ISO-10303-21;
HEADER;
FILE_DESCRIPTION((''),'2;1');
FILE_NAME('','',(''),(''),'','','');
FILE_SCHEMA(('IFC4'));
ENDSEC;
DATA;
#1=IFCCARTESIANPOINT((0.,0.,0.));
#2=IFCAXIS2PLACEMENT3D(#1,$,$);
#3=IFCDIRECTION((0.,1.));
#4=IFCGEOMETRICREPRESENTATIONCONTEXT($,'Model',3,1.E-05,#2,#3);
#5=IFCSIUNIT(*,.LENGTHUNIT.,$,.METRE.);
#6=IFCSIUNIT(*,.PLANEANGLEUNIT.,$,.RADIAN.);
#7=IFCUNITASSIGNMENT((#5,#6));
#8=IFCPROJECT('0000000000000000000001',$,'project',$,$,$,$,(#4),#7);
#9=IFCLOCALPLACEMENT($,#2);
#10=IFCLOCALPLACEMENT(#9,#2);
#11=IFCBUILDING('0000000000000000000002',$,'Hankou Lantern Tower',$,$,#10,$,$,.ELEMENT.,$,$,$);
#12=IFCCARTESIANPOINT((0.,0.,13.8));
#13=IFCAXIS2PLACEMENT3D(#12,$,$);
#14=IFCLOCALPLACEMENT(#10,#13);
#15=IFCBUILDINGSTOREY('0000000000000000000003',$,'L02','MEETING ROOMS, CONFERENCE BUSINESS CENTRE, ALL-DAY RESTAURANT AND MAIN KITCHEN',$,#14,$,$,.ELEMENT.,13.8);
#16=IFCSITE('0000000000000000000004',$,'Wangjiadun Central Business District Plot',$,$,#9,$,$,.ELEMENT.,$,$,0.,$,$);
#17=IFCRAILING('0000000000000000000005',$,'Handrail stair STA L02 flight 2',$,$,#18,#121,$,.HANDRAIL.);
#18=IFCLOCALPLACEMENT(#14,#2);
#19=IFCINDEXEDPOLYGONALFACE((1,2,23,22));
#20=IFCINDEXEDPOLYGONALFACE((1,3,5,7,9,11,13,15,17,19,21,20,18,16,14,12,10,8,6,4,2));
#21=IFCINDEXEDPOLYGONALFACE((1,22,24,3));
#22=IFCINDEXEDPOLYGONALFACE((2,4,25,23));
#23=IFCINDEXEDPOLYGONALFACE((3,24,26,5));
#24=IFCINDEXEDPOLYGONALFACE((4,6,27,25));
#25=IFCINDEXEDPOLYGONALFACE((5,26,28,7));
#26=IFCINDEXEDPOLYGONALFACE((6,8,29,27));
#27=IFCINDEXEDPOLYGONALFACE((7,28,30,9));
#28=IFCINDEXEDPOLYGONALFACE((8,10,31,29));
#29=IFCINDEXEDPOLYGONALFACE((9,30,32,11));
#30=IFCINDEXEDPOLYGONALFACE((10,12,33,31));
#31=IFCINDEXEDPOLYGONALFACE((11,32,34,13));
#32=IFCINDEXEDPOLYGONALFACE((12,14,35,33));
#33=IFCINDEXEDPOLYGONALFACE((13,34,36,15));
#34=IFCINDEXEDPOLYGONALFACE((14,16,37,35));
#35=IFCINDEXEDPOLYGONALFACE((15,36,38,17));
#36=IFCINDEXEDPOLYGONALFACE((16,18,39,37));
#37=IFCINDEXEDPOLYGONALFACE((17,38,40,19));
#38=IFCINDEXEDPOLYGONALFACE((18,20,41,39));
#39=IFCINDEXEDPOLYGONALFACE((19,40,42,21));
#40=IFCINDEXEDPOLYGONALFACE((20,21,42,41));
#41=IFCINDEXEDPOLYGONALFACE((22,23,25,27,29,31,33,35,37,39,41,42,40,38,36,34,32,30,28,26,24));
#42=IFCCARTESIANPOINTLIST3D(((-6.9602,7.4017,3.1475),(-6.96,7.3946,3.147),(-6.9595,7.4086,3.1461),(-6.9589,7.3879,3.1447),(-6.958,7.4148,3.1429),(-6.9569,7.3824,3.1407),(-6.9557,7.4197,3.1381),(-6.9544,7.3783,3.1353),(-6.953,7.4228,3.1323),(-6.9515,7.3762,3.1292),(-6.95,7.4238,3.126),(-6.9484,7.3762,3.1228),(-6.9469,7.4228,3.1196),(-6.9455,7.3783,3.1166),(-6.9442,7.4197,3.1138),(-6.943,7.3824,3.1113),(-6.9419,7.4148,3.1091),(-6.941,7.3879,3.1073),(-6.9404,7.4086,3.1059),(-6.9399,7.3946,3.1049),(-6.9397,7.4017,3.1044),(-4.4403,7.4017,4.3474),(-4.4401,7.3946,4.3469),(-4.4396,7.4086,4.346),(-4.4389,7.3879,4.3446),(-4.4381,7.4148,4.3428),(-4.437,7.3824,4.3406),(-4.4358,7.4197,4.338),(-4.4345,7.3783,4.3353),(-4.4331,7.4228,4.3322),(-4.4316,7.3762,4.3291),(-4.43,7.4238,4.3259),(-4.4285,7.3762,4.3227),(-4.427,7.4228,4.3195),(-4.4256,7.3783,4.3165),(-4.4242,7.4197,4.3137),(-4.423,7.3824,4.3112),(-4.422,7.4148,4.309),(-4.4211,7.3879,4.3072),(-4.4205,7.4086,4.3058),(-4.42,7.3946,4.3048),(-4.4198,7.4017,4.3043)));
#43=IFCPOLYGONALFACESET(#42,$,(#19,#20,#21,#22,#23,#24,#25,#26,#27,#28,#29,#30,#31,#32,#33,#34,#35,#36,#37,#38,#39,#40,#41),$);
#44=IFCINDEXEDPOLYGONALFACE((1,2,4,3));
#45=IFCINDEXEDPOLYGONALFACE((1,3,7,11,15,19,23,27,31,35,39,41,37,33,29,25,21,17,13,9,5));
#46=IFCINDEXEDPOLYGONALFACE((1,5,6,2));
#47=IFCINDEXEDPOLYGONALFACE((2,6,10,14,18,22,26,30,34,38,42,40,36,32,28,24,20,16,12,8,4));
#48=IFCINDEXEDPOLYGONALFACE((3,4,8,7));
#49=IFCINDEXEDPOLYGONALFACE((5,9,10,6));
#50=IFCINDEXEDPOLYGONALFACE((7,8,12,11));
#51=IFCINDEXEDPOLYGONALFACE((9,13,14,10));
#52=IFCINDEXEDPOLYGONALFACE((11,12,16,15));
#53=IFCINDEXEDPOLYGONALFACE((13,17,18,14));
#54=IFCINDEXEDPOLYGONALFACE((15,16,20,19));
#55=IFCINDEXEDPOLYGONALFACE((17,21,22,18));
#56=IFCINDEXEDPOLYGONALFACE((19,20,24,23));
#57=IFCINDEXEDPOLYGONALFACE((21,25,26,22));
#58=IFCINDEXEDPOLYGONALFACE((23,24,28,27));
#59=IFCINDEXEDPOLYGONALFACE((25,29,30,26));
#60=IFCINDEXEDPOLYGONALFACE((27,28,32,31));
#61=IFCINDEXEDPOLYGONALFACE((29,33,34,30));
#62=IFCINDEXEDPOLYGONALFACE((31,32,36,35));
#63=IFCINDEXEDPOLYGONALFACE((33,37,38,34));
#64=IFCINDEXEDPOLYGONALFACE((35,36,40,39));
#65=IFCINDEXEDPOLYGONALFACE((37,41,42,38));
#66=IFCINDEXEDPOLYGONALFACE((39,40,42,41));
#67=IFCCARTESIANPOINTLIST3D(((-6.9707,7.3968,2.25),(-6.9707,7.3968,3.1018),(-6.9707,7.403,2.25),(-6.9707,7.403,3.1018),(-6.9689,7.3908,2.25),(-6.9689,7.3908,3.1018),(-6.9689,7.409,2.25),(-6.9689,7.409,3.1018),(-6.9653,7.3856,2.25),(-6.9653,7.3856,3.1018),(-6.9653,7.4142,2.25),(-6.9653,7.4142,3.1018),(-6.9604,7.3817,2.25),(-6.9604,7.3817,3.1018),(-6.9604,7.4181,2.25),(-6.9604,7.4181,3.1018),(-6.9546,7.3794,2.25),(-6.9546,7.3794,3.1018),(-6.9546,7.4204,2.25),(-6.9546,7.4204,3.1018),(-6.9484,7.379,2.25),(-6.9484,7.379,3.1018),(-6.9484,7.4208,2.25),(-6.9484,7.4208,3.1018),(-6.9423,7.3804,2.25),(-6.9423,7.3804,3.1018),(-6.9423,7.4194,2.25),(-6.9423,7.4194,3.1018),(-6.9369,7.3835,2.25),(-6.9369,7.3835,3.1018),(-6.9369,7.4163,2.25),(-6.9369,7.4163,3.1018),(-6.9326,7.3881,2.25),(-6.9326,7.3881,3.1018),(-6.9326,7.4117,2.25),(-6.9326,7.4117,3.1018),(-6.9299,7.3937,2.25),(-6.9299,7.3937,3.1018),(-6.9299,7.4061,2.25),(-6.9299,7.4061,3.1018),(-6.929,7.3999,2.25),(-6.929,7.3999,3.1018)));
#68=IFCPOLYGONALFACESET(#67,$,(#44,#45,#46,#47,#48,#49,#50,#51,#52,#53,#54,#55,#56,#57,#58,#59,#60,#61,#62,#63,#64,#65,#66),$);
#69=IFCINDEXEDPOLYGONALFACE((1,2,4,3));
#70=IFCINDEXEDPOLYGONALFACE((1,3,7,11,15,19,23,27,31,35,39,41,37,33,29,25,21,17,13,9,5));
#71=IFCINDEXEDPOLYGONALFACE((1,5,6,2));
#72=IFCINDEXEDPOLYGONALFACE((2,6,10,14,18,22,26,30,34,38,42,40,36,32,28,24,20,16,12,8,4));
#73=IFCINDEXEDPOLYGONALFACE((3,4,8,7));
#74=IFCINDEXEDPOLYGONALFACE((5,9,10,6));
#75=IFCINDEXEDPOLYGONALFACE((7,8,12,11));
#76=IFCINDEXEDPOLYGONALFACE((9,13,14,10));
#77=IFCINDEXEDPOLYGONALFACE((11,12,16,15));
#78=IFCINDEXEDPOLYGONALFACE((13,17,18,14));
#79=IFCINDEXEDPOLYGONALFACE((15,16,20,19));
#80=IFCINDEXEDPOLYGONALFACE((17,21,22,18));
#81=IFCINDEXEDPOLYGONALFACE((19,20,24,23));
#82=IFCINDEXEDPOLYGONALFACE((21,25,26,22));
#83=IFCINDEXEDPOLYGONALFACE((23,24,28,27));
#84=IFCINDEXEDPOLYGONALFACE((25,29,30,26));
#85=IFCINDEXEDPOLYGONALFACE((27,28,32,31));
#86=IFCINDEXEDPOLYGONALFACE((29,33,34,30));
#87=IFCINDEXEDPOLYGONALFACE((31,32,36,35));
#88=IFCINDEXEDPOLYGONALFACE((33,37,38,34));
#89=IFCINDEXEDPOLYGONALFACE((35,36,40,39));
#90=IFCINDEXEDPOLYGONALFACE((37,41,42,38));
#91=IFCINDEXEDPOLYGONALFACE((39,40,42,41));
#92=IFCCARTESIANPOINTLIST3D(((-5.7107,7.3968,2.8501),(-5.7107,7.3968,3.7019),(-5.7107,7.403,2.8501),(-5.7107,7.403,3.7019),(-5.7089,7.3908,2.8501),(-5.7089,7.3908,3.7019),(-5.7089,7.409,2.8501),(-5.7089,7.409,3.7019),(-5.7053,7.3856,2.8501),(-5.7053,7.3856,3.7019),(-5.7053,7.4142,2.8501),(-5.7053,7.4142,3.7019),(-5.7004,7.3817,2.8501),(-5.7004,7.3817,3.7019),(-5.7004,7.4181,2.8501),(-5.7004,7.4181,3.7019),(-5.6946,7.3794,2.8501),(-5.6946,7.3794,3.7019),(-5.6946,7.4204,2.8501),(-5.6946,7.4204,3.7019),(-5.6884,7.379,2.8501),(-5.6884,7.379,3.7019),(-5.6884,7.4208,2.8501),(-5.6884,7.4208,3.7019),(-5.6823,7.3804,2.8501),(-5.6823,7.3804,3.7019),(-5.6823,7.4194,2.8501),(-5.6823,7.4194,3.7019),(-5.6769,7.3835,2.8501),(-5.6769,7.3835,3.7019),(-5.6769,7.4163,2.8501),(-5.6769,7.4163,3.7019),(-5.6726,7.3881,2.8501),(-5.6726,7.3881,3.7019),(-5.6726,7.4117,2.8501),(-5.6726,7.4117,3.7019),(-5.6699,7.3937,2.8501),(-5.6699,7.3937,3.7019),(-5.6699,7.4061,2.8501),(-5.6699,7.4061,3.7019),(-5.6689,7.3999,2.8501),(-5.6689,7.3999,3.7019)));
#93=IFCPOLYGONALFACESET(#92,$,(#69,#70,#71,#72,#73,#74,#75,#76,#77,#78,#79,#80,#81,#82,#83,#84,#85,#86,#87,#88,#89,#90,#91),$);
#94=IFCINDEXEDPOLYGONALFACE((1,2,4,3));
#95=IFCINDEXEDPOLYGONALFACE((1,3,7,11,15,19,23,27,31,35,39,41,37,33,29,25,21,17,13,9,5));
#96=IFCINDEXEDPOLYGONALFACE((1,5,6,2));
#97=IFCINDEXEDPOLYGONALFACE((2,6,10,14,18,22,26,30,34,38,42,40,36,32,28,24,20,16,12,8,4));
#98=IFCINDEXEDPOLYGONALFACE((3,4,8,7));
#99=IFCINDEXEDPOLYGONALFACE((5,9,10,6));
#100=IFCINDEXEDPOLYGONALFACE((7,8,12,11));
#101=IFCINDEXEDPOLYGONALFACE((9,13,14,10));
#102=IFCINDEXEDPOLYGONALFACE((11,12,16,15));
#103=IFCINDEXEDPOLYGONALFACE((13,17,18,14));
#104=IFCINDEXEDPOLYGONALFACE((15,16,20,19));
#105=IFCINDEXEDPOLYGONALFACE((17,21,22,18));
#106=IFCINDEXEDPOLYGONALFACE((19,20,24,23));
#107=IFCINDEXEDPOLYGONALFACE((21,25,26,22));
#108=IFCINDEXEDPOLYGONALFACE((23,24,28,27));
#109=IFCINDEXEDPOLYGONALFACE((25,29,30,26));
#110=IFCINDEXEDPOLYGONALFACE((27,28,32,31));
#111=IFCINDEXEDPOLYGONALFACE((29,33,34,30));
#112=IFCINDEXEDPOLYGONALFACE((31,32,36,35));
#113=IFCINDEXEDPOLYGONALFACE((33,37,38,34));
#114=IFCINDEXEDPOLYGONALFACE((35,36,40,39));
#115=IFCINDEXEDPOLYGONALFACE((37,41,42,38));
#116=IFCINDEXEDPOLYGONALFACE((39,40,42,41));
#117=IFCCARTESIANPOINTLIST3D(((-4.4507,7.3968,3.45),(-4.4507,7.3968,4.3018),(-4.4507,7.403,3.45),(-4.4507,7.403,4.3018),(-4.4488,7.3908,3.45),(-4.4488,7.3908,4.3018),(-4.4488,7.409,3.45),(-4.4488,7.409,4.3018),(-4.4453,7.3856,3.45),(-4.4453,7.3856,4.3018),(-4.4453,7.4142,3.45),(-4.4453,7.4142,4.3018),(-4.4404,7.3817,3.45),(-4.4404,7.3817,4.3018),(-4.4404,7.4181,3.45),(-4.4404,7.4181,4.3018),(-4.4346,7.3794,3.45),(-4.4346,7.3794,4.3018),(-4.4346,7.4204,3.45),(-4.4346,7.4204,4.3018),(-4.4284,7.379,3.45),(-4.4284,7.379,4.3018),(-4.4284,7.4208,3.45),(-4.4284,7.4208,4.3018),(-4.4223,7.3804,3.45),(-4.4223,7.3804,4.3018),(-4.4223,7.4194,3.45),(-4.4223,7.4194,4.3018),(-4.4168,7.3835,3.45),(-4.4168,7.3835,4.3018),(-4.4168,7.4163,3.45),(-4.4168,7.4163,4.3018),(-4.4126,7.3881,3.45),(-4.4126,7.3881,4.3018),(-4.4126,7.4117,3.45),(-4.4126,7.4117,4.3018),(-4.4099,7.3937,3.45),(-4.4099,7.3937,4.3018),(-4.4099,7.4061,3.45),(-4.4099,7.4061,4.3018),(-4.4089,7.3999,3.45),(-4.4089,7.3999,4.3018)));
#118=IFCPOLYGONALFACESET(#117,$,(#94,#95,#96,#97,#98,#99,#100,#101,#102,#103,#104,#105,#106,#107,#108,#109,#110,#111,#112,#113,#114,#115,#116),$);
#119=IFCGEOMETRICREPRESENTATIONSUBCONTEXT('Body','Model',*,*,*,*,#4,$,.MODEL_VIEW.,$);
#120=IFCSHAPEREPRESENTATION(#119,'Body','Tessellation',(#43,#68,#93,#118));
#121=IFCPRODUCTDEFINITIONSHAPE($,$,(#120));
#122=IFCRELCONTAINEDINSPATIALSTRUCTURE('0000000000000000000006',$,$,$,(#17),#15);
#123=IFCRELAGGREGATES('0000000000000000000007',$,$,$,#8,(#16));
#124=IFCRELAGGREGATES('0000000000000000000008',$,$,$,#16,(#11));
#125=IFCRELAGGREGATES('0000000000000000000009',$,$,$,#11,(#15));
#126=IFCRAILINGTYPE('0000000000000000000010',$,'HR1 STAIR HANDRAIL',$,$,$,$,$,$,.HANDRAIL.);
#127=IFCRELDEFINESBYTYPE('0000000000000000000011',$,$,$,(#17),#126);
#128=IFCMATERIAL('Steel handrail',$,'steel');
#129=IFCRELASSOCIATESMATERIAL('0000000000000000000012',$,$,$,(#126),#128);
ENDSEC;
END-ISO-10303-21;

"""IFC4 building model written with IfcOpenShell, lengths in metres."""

from ifc_helpers import new_model, si_unit, direction, frame, origin, origin_2d, place, context, subcontext, project, spatial, circle, extrude, material, type_object, element, save


model = new_model("IFC4")

# Units and contexts
model_context = context("Model", 3, precision=1e-05, world=origin(), true_north=direction((0.0, 1.0)))
body_context = subcontext(model_context, "Body", "Model", "MODEL_VIEW")
ifc_project = project(units=[si_unit("LENGTHUNIT", "METRE"), si_unit("PLANEANGLEUNIT", "RADIAN")], contexts=[model_context])

# Site, building, storey
site_placement = place(None, origin())
site = spatial("IfcSite", under=ifc_project, at=site_placement, Name="Wangjiadun Central Business District Plot", CompositionType="ELEMENT", RefElevation=0.0)
building_placement = place(site_placement, origin())
building = spatial("IfcBuilding", under=site, at=building_placement, Name="Hankou Lantern Tower", CompositionType="ELEMENT")
storey_placement = place(building_placement, frame((0.0, 0.0, 13.8)))
storey = spatial("IfcBuildingStorey", under=building, at=storey_placement, Name="L02", Description="MEETING ROOMS, CONFERENCE BUSINESS CENTRE, ALL-DAY RESTAURANT AND MAIN KITCHEN", CompositionType="ELEMENT", Elevation=13.8)

# Railing
ifc_material_1 = material(Name="Steel handrail", Category="steel")
railing_type = type_object("IfcRailingType", Name="HR1 STAIR HANDRAIL", PredefinedType="HANDRAIL", material=ifc_material_1)
railing_1_placement = place(storey_placement, frame((-6.95, 7.3999, 2.25)))
element("IfcRailing", 1, at=railing_1_placement, inside=storey, type_object=railing_type, Name="Handrail stair STA L02 flight 2", PredefinedType="HANDRAIL", context=body_context, shape_type="SweptSolid", body=[
    extrude(circle(Radius=0.0239, at=origin_2d()), frame((0.0, 0.0, 0.876), z_axis=(0.902869, 0.0, 0.429917), x_axis=(0.0, 1.0, 0.0)), (0.0, 0.0, 1.0), 2.791),
    extrude(circle(Radius=0.021, at=origin_2d()), origin(), (0.0, 0.0, 1.0), 0.8518),
    extrude(circle(Radius=0.021, at=origin_2d()), frame((1.26, 0.0, 0.6001)), (0.0, 0.0, 1.0), 0.8518),
    extrude(circle(Radius=0.021, at=origin_2d()), frame((2.52, 0.0, 1.2)), (0.0, 0.0, 1.0), 0.8518),
])

save(model, "model.ifc")
